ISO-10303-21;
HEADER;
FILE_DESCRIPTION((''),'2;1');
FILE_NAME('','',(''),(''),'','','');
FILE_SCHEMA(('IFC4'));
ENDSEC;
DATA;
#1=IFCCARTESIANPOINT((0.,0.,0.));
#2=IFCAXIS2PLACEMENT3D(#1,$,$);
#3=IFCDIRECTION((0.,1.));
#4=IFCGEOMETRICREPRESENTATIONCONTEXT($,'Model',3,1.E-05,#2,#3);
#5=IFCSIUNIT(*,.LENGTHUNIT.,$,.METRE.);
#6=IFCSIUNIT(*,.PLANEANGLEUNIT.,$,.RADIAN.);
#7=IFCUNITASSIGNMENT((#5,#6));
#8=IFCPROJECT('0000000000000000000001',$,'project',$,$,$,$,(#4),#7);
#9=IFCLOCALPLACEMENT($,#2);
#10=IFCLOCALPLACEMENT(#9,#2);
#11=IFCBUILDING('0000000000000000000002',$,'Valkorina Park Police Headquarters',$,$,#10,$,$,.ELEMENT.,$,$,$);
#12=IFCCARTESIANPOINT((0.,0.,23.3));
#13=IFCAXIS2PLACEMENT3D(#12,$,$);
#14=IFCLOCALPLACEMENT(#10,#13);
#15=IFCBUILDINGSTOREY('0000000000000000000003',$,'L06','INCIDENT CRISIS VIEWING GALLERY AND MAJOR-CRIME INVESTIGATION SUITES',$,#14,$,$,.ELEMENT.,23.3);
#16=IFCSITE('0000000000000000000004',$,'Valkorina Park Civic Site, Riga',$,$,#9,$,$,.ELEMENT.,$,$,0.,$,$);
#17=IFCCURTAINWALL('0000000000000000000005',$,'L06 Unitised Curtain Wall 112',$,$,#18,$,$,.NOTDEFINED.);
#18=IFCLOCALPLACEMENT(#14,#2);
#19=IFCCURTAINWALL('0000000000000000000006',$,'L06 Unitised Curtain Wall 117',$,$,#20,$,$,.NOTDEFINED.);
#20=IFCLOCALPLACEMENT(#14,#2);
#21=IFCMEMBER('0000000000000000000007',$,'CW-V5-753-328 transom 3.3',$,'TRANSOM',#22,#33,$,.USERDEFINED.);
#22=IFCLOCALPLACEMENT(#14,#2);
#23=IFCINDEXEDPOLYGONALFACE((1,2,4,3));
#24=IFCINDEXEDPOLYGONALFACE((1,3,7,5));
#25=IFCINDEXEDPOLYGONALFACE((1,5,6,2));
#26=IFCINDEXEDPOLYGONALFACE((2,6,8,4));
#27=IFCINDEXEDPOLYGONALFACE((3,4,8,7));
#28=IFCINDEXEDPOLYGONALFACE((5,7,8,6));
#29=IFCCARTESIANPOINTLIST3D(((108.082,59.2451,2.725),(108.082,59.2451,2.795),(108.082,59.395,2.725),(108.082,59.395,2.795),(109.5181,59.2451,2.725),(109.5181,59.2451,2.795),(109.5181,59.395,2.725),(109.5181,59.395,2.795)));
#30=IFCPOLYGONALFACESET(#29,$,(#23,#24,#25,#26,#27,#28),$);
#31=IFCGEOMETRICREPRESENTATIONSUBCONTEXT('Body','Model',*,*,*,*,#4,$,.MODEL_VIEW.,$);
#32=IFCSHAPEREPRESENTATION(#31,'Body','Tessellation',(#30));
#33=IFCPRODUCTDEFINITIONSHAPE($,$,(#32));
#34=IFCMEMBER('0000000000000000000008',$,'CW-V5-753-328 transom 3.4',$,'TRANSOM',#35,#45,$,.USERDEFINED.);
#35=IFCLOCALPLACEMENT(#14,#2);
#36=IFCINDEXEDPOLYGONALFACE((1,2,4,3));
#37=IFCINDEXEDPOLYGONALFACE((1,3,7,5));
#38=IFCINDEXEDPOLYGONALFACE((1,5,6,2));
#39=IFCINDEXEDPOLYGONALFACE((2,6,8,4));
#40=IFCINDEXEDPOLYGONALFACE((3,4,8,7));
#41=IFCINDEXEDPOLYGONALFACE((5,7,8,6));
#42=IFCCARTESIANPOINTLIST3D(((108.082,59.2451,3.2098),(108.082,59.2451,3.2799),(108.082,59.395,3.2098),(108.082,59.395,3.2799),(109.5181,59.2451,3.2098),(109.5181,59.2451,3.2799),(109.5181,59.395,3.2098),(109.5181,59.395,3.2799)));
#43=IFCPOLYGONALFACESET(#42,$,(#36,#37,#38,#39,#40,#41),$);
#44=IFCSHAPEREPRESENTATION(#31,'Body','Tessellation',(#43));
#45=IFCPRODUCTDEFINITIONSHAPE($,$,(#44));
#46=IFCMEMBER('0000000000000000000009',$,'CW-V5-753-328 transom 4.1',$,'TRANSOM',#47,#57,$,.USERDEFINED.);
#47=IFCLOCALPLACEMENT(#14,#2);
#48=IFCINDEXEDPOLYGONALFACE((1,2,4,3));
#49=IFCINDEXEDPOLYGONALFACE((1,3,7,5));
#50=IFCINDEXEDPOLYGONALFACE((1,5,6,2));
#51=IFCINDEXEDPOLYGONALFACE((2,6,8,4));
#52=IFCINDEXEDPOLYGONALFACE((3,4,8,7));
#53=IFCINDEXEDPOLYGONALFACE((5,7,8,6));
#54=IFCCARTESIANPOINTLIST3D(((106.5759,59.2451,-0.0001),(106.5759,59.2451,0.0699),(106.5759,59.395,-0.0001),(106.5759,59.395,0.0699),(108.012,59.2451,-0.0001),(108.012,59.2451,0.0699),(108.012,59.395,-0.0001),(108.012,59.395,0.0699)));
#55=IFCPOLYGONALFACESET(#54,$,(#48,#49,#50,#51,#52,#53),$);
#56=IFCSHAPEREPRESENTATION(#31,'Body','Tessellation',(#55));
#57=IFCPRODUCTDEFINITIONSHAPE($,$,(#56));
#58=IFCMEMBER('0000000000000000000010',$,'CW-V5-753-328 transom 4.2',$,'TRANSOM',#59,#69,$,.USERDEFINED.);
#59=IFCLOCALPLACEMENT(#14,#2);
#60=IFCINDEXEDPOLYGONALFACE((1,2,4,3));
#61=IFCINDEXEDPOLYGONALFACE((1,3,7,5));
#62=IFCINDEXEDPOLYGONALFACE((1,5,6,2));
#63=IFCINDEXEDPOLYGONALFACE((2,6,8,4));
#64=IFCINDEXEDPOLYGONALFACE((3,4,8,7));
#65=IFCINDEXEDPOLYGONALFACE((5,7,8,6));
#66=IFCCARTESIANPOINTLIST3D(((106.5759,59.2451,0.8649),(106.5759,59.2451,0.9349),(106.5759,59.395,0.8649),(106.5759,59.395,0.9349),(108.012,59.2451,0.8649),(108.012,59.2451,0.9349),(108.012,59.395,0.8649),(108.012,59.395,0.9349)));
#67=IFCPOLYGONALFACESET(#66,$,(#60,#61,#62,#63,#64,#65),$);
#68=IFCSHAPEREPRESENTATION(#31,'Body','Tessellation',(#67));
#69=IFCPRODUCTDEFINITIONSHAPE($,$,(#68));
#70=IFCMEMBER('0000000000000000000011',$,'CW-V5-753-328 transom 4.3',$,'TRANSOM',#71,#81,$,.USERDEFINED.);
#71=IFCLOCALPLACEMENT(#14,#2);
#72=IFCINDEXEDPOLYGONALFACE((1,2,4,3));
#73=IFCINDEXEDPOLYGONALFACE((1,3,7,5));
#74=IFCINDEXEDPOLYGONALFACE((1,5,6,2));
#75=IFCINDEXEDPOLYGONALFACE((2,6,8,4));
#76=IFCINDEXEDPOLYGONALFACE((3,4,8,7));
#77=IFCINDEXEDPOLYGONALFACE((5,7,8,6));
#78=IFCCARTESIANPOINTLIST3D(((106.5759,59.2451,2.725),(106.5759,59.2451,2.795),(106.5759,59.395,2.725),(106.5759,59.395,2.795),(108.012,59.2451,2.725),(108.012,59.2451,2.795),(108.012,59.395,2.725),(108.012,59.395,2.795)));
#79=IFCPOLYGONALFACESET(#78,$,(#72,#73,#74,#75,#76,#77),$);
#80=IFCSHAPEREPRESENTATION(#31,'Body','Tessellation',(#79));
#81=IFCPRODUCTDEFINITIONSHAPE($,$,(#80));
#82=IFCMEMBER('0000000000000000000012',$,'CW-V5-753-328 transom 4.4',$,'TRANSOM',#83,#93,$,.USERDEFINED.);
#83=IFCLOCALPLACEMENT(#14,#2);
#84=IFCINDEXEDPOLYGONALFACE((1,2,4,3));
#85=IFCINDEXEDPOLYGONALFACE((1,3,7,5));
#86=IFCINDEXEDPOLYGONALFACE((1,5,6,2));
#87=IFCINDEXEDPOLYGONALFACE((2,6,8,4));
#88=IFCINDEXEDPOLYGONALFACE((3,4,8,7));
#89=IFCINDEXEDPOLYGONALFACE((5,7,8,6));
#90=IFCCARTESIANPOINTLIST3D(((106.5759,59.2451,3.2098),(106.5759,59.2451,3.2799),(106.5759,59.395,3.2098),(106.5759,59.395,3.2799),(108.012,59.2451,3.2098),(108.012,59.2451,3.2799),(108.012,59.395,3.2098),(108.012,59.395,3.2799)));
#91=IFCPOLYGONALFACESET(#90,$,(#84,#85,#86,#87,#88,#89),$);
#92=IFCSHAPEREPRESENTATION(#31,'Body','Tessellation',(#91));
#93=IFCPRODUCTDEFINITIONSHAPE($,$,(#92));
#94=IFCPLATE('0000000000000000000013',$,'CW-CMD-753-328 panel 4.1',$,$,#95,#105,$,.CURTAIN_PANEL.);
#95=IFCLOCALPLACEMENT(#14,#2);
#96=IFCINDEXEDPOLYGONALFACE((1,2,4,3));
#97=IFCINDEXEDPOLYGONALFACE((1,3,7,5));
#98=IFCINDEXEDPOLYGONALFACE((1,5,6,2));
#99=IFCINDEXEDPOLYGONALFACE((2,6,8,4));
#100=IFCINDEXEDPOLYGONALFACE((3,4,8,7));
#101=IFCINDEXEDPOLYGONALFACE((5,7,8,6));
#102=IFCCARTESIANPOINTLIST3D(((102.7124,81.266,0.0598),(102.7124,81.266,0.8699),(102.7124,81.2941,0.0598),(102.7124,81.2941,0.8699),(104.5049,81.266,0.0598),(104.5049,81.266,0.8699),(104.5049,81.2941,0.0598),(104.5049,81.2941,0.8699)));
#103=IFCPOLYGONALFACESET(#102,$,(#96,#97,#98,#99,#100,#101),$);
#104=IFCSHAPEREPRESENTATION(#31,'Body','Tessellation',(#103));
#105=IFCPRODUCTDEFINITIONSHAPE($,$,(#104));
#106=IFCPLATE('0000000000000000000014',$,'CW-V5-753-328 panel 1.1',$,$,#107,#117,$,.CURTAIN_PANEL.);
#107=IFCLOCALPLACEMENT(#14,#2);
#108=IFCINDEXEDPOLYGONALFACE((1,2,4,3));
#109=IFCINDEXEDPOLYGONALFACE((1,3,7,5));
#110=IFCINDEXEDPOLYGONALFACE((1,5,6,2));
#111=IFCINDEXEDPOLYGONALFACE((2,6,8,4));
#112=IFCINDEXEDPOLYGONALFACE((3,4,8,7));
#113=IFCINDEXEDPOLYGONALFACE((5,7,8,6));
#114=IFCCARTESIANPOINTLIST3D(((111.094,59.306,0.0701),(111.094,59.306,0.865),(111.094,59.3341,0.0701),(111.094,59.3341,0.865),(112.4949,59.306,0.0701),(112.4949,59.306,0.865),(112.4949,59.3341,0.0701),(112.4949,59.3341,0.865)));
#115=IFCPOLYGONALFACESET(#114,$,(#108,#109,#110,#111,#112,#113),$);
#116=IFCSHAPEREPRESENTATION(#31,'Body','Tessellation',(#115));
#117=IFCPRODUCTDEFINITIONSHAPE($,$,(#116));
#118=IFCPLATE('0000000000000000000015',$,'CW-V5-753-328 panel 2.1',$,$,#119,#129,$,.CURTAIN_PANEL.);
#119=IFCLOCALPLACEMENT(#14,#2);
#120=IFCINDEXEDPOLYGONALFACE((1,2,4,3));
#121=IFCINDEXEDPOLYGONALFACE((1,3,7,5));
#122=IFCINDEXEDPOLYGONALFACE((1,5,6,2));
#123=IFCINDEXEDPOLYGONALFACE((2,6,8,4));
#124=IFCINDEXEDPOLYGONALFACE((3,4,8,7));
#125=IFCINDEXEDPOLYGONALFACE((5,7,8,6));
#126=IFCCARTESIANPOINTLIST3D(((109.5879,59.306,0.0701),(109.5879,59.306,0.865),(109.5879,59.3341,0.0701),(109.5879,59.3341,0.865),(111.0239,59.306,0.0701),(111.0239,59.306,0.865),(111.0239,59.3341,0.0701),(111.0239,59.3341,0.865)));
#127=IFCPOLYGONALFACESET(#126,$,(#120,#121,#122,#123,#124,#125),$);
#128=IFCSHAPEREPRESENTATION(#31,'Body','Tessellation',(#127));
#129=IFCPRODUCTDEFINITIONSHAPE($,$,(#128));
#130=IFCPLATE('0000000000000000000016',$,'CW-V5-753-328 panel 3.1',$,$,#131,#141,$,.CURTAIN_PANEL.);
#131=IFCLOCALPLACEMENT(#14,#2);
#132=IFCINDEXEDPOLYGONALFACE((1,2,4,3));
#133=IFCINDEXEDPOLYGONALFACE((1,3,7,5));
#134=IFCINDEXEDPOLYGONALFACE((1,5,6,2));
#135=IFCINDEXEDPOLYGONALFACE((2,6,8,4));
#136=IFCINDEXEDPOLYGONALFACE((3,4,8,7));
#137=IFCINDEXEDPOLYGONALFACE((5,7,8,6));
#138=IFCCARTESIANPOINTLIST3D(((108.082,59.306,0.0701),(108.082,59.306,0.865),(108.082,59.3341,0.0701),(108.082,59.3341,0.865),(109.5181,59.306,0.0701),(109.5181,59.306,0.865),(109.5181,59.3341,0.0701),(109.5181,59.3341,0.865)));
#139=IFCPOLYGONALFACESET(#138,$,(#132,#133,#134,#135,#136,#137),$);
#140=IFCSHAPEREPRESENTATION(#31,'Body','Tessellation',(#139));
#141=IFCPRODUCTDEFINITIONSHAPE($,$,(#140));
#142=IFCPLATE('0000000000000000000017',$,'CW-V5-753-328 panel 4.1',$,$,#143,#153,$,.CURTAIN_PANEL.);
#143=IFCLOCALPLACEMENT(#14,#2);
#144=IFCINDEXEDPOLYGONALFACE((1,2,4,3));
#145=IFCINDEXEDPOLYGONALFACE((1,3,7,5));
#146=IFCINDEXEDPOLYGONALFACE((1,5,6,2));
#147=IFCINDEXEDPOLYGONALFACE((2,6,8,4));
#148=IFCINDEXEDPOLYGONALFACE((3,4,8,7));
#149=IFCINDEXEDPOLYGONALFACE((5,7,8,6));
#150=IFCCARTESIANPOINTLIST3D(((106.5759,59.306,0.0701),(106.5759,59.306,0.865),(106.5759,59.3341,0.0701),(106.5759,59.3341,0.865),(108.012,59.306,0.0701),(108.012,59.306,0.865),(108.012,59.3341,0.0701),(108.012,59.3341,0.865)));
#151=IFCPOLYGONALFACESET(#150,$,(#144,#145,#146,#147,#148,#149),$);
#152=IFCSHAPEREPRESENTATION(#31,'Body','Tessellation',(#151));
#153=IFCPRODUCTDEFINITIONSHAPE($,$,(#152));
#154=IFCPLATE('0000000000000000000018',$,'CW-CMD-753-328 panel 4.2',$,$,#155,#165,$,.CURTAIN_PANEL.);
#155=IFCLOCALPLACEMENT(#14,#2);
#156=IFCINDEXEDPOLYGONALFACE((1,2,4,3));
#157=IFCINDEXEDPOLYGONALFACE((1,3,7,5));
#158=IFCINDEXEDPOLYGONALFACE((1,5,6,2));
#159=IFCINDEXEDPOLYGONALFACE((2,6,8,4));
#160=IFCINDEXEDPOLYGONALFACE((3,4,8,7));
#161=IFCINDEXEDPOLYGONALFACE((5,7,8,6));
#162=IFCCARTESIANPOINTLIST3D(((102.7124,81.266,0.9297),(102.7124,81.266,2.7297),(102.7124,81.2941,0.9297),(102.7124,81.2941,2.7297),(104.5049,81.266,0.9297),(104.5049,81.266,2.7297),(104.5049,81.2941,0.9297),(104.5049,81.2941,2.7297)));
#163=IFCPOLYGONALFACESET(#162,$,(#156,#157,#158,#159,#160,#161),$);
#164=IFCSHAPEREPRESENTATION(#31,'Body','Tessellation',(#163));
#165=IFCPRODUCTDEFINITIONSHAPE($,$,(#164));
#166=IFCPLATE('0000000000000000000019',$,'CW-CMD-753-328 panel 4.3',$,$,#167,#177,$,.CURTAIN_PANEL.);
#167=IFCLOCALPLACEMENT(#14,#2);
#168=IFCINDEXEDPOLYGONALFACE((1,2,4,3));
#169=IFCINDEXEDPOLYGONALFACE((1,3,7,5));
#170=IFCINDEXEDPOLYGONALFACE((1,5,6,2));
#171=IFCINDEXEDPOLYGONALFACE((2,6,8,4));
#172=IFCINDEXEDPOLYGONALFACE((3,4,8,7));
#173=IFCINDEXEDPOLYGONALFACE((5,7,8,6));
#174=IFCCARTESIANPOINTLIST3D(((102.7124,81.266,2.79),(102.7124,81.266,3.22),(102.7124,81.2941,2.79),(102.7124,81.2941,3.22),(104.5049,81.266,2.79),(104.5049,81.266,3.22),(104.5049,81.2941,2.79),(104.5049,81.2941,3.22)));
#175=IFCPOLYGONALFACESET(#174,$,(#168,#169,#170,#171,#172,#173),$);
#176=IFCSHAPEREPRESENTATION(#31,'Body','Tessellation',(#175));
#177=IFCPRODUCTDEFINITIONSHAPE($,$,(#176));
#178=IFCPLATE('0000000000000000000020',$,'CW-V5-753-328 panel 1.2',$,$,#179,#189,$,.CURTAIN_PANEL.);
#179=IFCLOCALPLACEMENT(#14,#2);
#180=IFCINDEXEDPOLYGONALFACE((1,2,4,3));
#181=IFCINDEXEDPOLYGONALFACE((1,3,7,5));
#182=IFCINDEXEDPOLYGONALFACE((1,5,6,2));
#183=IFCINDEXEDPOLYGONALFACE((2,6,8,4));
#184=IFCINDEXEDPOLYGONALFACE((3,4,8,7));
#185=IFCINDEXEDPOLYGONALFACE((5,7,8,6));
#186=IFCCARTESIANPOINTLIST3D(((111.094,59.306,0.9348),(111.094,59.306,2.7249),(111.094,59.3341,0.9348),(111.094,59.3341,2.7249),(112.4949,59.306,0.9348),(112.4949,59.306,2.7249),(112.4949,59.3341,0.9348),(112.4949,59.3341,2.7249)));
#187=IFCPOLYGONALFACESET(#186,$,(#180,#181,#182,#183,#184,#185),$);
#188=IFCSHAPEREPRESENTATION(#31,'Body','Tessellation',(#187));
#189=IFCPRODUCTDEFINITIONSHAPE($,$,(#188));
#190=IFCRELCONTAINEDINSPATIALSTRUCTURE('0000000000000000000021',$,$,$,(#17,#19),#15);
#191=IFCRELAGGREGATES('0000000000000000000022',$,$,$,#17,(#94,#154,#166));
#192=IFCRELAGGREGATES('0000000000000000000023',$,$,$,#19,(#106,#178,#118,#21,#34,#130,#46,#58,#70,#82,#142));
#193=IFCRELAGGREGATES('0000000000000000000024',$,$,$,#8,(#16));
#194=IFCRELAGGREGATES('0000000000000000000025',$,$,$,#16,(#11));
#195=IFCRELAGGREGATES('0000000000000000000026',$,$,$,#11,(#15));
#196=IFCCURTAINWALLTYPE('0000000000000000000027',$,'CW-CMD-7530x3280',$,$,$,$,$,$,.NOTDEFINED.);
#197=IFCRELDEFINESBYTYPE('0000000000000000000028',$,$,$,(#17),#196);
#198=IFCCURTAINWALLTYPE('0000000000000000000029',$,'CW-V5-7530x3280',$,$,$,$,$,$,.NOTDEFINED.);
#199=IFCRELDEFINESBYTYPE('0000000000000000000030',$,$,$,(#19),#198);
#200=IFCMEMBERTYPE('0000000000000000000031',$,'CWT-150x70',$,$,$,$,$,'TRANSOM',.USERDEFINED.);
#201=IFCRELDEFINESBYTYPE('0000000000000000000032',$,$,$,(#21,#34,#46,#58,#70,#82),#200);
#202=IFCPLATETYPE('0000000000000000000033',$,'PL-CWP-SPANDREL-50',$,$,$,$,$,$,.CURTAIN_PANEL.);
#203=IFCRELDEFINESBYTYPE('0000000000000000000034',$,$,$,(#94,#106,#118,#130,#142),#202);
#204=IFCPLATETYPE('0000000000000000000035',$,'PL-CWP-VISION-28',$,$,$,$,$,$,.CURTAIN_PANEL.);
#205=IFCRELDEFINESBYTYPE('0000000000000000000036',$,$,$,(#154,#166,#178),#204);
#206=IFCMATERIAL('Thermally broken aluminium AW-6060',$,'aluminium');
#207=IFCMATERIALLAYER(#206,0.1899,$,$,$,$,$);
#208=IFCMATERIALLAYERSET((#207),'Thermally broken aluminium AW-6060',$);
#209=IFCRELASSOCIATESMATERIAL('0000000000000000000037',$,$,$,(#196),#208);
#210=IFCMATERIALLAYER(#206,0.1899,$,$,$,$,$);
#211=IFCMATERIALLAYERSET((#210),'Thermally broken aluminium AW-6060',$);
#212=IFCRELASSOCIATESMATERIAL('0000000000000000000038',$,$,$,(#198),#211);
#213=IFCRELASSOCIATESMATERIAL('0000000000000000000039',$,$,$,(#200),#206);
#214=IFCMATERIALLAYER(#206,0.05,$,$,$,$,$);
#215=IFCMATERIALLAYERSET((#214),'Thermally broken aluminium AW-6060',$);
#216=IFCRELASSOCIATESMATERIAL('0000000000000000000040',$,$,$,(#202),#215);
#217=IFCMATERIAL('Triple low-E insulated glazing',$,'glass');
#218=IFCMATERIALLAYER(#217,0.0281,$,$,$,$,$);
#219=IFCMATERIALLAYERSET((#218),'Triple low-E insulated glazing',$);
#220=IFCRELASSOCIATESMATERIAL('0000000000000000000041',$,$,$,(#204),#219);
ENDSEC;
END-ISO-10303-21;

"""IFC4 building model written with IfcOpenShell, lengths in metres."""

from ifc_helpers import new_model, si_unit, direction, frame, origin, origin_2d, place, context, subcontext, project, spatial, rectangle, extrude, material, layer, layer_set, material_profile, profile_set, type_object, element, aggregate, save


model = new_model("IFC4")

# Units and contexts
model_context = context("Model", 3, precision=1e-05, world=origin(), true_north=direction((0.0, 1.0)))
body_context = subcontext(model_context, "Body", "Model", "MODEL_VIEW")
ifc_project = project(units=[si_unit("LENGTHUNIT", "METRE"), si_unit("PLANEANGLEUNIT", "RADIAN")], contexts=[model_context])

# Site, building, storey
site_placement = place(None, origin())
site = spatial("IfcSite", under=ifc_project, at=site_placement, Name="Valkorina Park Civic Site, Riga", CompositionType="ELEMENT", RefElevation=0.0)
building_placement = place(site_placement, origin())
building = spatial("IfcBuilding", under=site, at=building_placement, Name="Valkorina Park Police Headquarters", CompositionType="ELEMENT")
storey_placement = place(building_placement, frame((0.0, 0.0, 23.3)))
storey = spatial("IfcBuildingStorey", under=building, at=storey_placement, Name="L06", Description="INCIDENT CRISIS VIEWING GALLERY AND MAJOR-CRIME INVESTIGATION SUITES", CompositionType="ELEMENT", Elevation=23.3)

# Curtain wall
ifc_material_1 = material(Name="Thermally broken aluminium AW-6060", Category="aluminium")
ifc_layer_1 = layer(ifc_material_1, 0.1899)
ifc_layer_set_1 = layer_set([ifc_layer_1], Name="Thermally broken aluminium AW-6060")
curtain_wall_type_1 = type_object("IfcCurtainWallType", Name="CW-CMD-7530x3280", PredefinedType="NOTDEFINED", material=ifc_layer_set_1)
curtain_wall_1_placement = place(storey_placement, origin())
curtain_wall_1 = element("IfcCurtainWall", 1, at=curtain_wall_1_placement, inside=storey, type_object=curtain_wall_type_1, Name="L06 Unitised Curtain Wall 112", PredefinedType="NOTDEFINED")

# Curtain wall
ifc_layer_2 = layer(ifc_material_1, 0.1899)
ifc_layer_set_2 = layer_set([ifc_layer_2], Name="Thermally broken aluminium AW-6060")
curtain_wall_type_2 = type_object("IfcCurtainWallType", Name="CW-V5-7530x3280", PredefinedType="NOTDEFINED", material=ifc_layer_set_2)
curtain_wall_2_placement = place(storey_placement, origin())
curtain_wall_2 = element("IfcCurtainWall", 2, at=curtain_wall_2_placement, inside=storey, type_object=curtain_wall_type_2, Name="L06 Unitised Curtain Wall 117", PredefinedType="NOTDEFINED")

# Members
ifc_material_profile_1 = material_profile(ifc_material_1, rectangle(XDim=0.1499, YDim=0.0701, at=origin_2d()), Name="CWT-02 150x70")
ifc_profile_set_1 = profile_set([ifc_material_profile_1], Name="Thermally broken aluminium AW-6060")
member_type_1 = type_object("IfcMemberType", Name="CWT-150x70", ElementType="TRANSOM", PredefinedType="USERDEFINED", material=ifc_profile_set_1)
member_1_placement = place(storey_placement, frame((109.5181, 59.3201, 2.76), z_axis=(-1.0, 0.0, 0.0), x_axis=(0.0, -1.0, 0.0)))
member_1 = element("IfcMember", 3, at=member_1_placement, type_object=member_type_1, Name="CW-V5-753-328 transom 3.3", ObjectType="TRANSOM", PredefinedType="USERDEFINED", context=body_context, shape_type="SweptSolid", body=[
    extrude(rectangle(XDim=0.1499, YDim=0.0701, at=origin_2d()), origin(), (0.0, 0.0, 1.0), 1.436),
])
member_2_placement = place(storey_placement, frame((109.5181, 59.3201, 3.2449), z_axis=(-1.0, 0.0, 0.0), x_axis=(0.0, -1.0, 0.0)))
member_2 = element("IfcMember", 4, at=member_2_placement, type_object=member_type_1, Name="CW-V5-753-328 transom 3.4", ObjectType="TRANSOM", PredefinedType="USERDEFINED", context=body_context, shape_type="SweptSolid", body=[
    extrude(rectangle(XDim=0.1499, YDim=0.0701, at=origin_2d()), origin(), (0.0, 0.0, 1.0), 1.436),
])
member_3_placement = place(storey_placement, frame((108.012, 59.3201, 0.0349), z_axis=(-1.0, 0.0, 0.0), x_axis=(0.0, -1.0, 0.0)))
member_3 = element("IfcMember", 5, at=member_3_placement, type_object=member_type_1, Name="CW-V5-753-328 transom 4.1", ObjectType="TRANSOM", PredefinedType="USERDEFINED", context=body_context, shape_type="SweptSolid", body=[
    extrude(rectangle(XDim=0.1499, YDim=0.0701, at=origin_2d()), origin(), (0.0, 0.0, 1.0), 1.436),
])
member_4_placement = place(storey_placement, frame((108.012, 59.3201, 0.8999), z_axis=(-1.0, 0.0, 0.0), x_axis=(0.0, -1.0, 0.0)))
member_4 = element("IfcMember", 6, at=member_4_placement, type_object=member_type_1, Name="CW-V5-753-328 transom 4.2", ObjectType="TRANSOM", PredefinedType="USERDEFINED", context=body_context, shape_type="SweptSolid", body=[
    extrude(rectangle(XDim=0.1499, YDim=0.0701, at=origin_2d()), origin(), (0.0, 0.0, 1.0), 1.436),
])
member_5_placement = place(storey_placement, frame((108.012, 59.3201, 2.76), z_axis=(-1.0, 0.0, 0.0), x_axis=(0.0, -1.0, 0.0)))
member_5 = element("IfcMember", 7, at=member_5_placement, type_object=member_type_1, Name="CW-V5-753-328 transom 4.3", ObjectType="TRANSOM", PredefinedType="USERDEFINED", context=body_context, shape_type="SweptSolid", body=[
    extrude(rectangle(XDim=0.1499, YDim=0.0701, at=origin_2d()), origin(), (0.0, 0.0, 1.0), 1.436),
])
member_6_placement = place(storey_placement, frame((108.012, 59.3201, 3.2449), z_axis=(-1.0, 0.0, 0.0), x_axis=(0.0, -1.0, 0.0)))
member_6 = element("IfcMember", 8, at=member_6_placement, type_object=member_type_1, Name="CW-V5-753-328 transom 4.4", ObjectType="TRANSOM", PredefinedType="USERDEFINED", context=body_context, shape_type="SweptSolid", body=[
    extrude(rectangle(XDim=0.1499, YDim=0.0701, at=origin_2d()), origin(), (0.0, 0.0, 1.0), 1.436),
])

# Plates
ifc_layer_3 = layer(ifc_material_1, 0.05)
ifc_layer_set_3 = layer_set([ifc_layer_3], Name="Thermally broken aluminium AW-6060")
plate_type_1 = type_object("IfcPlateType", Name="PL-CWP-SPANDREL-50", PredefinedType="CURTAIN_PANEL", material=ifc_layer_set_3)
plate_1_placement = place(storey_placement, frame((103.6086, 81.28, 0.0598), z_axis=(0.0, 0.0, 1.0), x_axis=(1.0, 0.0, 0.0)))
plate_1 = element("IfcPlate", 9, at=plate_1_placement, type_object=plate_type_1, Name="CW-CMD-753-328 panel 4.1", PredefinedType="CURTAIN_PANEL", context=body_context, shape_type="SweptSolid", body=[
    extrude(rectangle(XDim=1.7925, YDim=0.0281, at=origin_2d()), origin(), (0.0, 0.0, 1.0), 0.8101),
])
plate_2_placement = place(storey_placement, frame((111.7944, 59.3201, 0.0701), z_axis=(0.0, 0.0, 1.0), x_axis=(-1.0, 0.0, 0.0)))
plate_2 = element("IfcPlate", 10, at=plate_2_placement, type_object=plate_type_1, Name="CW-V5-753-328 panel 1.1", PredefinedType="CURTAIN_PANEL", context=body_context, shape_type="SweptSolid", body=[
    extrude(rectangle(XDim=1.4009, YDim=0.0281, at=origin_2d()), origin(), (0.0, 0.0, 1.0), 0.7949),
])
plate_3_placement = place(storey_placement, frame((110.3059, 59.3201, 0.0701), z_axis=(0.0, 0.0, 1.0), x_axis=(-1.0, 0.0, 0.0)))
plate_3 = element("IfcPlate", 11, at=plate_3_placement, type_object=plate_type_1, Name="CW-V5-753-328 panel 2.1", PredefinedType="CURTAIN_PANEL", context=body_context, shape_type="SweptSolid", body=[
    extrude(rectangle(XDim=1.436, YDim=0.0281, at=origin_2d()), origin(), (0.0, 0.0, 1.0), 0.7949),
])
plate_4_placement = place(storey_placement, frame((108.8, 59.3201, 0.0701), z_axis=(0.0, 0.0, 1.0), x_axis=(-1.0, 0.0, 0.0)))
plate_4 = element("IfcPlate", 12, at=plate_4_placement, type_object=plate_type_1, Name="CW-V5-753-328 panel 3.1", PredefinedType="CURTAIN_PANEL", context=body_context, shape_type="SweptSolid", body=[
    extrude(rectangle(XDim=1.436, YDim=0.0281, at=origin_2d()), origin(), (0.0, 0.0, 1.0), 0.7949),
])
plate_5_placement = place(storey_placement, frame((107.2939, 59.3201, 0.0701), z_axis=(0.0, 0.0, 1.0), x_axis=(-1.0, 0.0, 0.0)))
plate_5 = element("IfcPlate", 13, at=plate_5_placement, type_object=plate_type_1, Name="CW-V5-753-328 panel 4.1", PredefinedType="CURTAIN_PANEL", context=body_context, shape_type="SweptSolid", body=[
    extrude(rectangle(XDim=1.436, YDim=0.0281, at=origin_2d()), origin(), (0.0, 0.0, 1.0), 0.7949),
])
ifc_material_2 = material(Name="Triple low-E insulated glazing", Category="glass")
ifc_layer_4 = layer(ifc_material_2, 0.0281)
ifc_layer_set_4 = layer_set([ifc_layer_4], Name="Triple low-E insulated glazing")
plate_type_2 = type_object("IfcPlateType", Name="PL-CWP-VISION-28", PredefinedType="CURTAIN_PANEL", material=ifc_layer_set_4)
plate_6_placement = place(storey_placement, frame((103.6086, 81.28, 0.9297), z_axis=(0.0, 0.0, 1.0), x_axis=(1.0, 0.0, 0.0)))
plate_6 = element("IfcPlate", 14, at=plate_6_placement, type_object=plate_type_2, Name="CW-CMD-753-328 panel 4.2", PredefinedType="CURTAIN_PANEL", context=body_context, shape_type="SweptSolid", body=[
    extrude(rectangle(XDim=1.7925, YDim=0.0281, at=origin_2d()), origin(), (0.0, 0.0, 1.0), 1.8),
])
plate_7_placement = place(storey_placement, frame((103.6086, 81.28, 2.79), z_axis=(0.0, 0.0, 1.0), x_axis=(1.0, 0.0, 0.0)))
plate_7 = element("IfcPlate", 15, at=plate_7_placement, type_object=plate_type_2, Name="CW-CMD-753-328 panel 4.3", PredefinedType="CURTAIN_PANEL", context=body_context, shape_type="SweptSolid", body=[
    extrude(rectangle(XDim=1.7925, YDim=0.0281, at=origin_2d()), origin(), (0.0, 0.0, 1.0), 0.4299),
])
aggregate(curtain_wall_1, [plate_1, plate_6, plate_7])
plate_8_placement = place(storey_placement, frame((111.7944, 59.3201, 0.9348), z_axis=(0.0, 0.0, 1.0), x_axis=(-1.0, 0.0, 0.0)))
plate_8 = element("IfcPlate", 16, at=plate_8_placement, type_object=plate_type_2, Name="CW-V5-753-328 panel 1.2", PredefinedType="CURTAIN_PANEL", context=body_context, shape_type="SweptSolid", body=[
    extrude(rectangle(XDim=1.4009, YDim=0.0281, at=origin_2d()), origin(), (0.0, 0.0, 1.0), 1.79),
])
aggregate(curtain_wall_2, [plate_2, plate_8, plate_3, member_1, member_2, plate_4, member_3, member_4, member_5, member_6, plate_5])

save(model, "model.ifc")
